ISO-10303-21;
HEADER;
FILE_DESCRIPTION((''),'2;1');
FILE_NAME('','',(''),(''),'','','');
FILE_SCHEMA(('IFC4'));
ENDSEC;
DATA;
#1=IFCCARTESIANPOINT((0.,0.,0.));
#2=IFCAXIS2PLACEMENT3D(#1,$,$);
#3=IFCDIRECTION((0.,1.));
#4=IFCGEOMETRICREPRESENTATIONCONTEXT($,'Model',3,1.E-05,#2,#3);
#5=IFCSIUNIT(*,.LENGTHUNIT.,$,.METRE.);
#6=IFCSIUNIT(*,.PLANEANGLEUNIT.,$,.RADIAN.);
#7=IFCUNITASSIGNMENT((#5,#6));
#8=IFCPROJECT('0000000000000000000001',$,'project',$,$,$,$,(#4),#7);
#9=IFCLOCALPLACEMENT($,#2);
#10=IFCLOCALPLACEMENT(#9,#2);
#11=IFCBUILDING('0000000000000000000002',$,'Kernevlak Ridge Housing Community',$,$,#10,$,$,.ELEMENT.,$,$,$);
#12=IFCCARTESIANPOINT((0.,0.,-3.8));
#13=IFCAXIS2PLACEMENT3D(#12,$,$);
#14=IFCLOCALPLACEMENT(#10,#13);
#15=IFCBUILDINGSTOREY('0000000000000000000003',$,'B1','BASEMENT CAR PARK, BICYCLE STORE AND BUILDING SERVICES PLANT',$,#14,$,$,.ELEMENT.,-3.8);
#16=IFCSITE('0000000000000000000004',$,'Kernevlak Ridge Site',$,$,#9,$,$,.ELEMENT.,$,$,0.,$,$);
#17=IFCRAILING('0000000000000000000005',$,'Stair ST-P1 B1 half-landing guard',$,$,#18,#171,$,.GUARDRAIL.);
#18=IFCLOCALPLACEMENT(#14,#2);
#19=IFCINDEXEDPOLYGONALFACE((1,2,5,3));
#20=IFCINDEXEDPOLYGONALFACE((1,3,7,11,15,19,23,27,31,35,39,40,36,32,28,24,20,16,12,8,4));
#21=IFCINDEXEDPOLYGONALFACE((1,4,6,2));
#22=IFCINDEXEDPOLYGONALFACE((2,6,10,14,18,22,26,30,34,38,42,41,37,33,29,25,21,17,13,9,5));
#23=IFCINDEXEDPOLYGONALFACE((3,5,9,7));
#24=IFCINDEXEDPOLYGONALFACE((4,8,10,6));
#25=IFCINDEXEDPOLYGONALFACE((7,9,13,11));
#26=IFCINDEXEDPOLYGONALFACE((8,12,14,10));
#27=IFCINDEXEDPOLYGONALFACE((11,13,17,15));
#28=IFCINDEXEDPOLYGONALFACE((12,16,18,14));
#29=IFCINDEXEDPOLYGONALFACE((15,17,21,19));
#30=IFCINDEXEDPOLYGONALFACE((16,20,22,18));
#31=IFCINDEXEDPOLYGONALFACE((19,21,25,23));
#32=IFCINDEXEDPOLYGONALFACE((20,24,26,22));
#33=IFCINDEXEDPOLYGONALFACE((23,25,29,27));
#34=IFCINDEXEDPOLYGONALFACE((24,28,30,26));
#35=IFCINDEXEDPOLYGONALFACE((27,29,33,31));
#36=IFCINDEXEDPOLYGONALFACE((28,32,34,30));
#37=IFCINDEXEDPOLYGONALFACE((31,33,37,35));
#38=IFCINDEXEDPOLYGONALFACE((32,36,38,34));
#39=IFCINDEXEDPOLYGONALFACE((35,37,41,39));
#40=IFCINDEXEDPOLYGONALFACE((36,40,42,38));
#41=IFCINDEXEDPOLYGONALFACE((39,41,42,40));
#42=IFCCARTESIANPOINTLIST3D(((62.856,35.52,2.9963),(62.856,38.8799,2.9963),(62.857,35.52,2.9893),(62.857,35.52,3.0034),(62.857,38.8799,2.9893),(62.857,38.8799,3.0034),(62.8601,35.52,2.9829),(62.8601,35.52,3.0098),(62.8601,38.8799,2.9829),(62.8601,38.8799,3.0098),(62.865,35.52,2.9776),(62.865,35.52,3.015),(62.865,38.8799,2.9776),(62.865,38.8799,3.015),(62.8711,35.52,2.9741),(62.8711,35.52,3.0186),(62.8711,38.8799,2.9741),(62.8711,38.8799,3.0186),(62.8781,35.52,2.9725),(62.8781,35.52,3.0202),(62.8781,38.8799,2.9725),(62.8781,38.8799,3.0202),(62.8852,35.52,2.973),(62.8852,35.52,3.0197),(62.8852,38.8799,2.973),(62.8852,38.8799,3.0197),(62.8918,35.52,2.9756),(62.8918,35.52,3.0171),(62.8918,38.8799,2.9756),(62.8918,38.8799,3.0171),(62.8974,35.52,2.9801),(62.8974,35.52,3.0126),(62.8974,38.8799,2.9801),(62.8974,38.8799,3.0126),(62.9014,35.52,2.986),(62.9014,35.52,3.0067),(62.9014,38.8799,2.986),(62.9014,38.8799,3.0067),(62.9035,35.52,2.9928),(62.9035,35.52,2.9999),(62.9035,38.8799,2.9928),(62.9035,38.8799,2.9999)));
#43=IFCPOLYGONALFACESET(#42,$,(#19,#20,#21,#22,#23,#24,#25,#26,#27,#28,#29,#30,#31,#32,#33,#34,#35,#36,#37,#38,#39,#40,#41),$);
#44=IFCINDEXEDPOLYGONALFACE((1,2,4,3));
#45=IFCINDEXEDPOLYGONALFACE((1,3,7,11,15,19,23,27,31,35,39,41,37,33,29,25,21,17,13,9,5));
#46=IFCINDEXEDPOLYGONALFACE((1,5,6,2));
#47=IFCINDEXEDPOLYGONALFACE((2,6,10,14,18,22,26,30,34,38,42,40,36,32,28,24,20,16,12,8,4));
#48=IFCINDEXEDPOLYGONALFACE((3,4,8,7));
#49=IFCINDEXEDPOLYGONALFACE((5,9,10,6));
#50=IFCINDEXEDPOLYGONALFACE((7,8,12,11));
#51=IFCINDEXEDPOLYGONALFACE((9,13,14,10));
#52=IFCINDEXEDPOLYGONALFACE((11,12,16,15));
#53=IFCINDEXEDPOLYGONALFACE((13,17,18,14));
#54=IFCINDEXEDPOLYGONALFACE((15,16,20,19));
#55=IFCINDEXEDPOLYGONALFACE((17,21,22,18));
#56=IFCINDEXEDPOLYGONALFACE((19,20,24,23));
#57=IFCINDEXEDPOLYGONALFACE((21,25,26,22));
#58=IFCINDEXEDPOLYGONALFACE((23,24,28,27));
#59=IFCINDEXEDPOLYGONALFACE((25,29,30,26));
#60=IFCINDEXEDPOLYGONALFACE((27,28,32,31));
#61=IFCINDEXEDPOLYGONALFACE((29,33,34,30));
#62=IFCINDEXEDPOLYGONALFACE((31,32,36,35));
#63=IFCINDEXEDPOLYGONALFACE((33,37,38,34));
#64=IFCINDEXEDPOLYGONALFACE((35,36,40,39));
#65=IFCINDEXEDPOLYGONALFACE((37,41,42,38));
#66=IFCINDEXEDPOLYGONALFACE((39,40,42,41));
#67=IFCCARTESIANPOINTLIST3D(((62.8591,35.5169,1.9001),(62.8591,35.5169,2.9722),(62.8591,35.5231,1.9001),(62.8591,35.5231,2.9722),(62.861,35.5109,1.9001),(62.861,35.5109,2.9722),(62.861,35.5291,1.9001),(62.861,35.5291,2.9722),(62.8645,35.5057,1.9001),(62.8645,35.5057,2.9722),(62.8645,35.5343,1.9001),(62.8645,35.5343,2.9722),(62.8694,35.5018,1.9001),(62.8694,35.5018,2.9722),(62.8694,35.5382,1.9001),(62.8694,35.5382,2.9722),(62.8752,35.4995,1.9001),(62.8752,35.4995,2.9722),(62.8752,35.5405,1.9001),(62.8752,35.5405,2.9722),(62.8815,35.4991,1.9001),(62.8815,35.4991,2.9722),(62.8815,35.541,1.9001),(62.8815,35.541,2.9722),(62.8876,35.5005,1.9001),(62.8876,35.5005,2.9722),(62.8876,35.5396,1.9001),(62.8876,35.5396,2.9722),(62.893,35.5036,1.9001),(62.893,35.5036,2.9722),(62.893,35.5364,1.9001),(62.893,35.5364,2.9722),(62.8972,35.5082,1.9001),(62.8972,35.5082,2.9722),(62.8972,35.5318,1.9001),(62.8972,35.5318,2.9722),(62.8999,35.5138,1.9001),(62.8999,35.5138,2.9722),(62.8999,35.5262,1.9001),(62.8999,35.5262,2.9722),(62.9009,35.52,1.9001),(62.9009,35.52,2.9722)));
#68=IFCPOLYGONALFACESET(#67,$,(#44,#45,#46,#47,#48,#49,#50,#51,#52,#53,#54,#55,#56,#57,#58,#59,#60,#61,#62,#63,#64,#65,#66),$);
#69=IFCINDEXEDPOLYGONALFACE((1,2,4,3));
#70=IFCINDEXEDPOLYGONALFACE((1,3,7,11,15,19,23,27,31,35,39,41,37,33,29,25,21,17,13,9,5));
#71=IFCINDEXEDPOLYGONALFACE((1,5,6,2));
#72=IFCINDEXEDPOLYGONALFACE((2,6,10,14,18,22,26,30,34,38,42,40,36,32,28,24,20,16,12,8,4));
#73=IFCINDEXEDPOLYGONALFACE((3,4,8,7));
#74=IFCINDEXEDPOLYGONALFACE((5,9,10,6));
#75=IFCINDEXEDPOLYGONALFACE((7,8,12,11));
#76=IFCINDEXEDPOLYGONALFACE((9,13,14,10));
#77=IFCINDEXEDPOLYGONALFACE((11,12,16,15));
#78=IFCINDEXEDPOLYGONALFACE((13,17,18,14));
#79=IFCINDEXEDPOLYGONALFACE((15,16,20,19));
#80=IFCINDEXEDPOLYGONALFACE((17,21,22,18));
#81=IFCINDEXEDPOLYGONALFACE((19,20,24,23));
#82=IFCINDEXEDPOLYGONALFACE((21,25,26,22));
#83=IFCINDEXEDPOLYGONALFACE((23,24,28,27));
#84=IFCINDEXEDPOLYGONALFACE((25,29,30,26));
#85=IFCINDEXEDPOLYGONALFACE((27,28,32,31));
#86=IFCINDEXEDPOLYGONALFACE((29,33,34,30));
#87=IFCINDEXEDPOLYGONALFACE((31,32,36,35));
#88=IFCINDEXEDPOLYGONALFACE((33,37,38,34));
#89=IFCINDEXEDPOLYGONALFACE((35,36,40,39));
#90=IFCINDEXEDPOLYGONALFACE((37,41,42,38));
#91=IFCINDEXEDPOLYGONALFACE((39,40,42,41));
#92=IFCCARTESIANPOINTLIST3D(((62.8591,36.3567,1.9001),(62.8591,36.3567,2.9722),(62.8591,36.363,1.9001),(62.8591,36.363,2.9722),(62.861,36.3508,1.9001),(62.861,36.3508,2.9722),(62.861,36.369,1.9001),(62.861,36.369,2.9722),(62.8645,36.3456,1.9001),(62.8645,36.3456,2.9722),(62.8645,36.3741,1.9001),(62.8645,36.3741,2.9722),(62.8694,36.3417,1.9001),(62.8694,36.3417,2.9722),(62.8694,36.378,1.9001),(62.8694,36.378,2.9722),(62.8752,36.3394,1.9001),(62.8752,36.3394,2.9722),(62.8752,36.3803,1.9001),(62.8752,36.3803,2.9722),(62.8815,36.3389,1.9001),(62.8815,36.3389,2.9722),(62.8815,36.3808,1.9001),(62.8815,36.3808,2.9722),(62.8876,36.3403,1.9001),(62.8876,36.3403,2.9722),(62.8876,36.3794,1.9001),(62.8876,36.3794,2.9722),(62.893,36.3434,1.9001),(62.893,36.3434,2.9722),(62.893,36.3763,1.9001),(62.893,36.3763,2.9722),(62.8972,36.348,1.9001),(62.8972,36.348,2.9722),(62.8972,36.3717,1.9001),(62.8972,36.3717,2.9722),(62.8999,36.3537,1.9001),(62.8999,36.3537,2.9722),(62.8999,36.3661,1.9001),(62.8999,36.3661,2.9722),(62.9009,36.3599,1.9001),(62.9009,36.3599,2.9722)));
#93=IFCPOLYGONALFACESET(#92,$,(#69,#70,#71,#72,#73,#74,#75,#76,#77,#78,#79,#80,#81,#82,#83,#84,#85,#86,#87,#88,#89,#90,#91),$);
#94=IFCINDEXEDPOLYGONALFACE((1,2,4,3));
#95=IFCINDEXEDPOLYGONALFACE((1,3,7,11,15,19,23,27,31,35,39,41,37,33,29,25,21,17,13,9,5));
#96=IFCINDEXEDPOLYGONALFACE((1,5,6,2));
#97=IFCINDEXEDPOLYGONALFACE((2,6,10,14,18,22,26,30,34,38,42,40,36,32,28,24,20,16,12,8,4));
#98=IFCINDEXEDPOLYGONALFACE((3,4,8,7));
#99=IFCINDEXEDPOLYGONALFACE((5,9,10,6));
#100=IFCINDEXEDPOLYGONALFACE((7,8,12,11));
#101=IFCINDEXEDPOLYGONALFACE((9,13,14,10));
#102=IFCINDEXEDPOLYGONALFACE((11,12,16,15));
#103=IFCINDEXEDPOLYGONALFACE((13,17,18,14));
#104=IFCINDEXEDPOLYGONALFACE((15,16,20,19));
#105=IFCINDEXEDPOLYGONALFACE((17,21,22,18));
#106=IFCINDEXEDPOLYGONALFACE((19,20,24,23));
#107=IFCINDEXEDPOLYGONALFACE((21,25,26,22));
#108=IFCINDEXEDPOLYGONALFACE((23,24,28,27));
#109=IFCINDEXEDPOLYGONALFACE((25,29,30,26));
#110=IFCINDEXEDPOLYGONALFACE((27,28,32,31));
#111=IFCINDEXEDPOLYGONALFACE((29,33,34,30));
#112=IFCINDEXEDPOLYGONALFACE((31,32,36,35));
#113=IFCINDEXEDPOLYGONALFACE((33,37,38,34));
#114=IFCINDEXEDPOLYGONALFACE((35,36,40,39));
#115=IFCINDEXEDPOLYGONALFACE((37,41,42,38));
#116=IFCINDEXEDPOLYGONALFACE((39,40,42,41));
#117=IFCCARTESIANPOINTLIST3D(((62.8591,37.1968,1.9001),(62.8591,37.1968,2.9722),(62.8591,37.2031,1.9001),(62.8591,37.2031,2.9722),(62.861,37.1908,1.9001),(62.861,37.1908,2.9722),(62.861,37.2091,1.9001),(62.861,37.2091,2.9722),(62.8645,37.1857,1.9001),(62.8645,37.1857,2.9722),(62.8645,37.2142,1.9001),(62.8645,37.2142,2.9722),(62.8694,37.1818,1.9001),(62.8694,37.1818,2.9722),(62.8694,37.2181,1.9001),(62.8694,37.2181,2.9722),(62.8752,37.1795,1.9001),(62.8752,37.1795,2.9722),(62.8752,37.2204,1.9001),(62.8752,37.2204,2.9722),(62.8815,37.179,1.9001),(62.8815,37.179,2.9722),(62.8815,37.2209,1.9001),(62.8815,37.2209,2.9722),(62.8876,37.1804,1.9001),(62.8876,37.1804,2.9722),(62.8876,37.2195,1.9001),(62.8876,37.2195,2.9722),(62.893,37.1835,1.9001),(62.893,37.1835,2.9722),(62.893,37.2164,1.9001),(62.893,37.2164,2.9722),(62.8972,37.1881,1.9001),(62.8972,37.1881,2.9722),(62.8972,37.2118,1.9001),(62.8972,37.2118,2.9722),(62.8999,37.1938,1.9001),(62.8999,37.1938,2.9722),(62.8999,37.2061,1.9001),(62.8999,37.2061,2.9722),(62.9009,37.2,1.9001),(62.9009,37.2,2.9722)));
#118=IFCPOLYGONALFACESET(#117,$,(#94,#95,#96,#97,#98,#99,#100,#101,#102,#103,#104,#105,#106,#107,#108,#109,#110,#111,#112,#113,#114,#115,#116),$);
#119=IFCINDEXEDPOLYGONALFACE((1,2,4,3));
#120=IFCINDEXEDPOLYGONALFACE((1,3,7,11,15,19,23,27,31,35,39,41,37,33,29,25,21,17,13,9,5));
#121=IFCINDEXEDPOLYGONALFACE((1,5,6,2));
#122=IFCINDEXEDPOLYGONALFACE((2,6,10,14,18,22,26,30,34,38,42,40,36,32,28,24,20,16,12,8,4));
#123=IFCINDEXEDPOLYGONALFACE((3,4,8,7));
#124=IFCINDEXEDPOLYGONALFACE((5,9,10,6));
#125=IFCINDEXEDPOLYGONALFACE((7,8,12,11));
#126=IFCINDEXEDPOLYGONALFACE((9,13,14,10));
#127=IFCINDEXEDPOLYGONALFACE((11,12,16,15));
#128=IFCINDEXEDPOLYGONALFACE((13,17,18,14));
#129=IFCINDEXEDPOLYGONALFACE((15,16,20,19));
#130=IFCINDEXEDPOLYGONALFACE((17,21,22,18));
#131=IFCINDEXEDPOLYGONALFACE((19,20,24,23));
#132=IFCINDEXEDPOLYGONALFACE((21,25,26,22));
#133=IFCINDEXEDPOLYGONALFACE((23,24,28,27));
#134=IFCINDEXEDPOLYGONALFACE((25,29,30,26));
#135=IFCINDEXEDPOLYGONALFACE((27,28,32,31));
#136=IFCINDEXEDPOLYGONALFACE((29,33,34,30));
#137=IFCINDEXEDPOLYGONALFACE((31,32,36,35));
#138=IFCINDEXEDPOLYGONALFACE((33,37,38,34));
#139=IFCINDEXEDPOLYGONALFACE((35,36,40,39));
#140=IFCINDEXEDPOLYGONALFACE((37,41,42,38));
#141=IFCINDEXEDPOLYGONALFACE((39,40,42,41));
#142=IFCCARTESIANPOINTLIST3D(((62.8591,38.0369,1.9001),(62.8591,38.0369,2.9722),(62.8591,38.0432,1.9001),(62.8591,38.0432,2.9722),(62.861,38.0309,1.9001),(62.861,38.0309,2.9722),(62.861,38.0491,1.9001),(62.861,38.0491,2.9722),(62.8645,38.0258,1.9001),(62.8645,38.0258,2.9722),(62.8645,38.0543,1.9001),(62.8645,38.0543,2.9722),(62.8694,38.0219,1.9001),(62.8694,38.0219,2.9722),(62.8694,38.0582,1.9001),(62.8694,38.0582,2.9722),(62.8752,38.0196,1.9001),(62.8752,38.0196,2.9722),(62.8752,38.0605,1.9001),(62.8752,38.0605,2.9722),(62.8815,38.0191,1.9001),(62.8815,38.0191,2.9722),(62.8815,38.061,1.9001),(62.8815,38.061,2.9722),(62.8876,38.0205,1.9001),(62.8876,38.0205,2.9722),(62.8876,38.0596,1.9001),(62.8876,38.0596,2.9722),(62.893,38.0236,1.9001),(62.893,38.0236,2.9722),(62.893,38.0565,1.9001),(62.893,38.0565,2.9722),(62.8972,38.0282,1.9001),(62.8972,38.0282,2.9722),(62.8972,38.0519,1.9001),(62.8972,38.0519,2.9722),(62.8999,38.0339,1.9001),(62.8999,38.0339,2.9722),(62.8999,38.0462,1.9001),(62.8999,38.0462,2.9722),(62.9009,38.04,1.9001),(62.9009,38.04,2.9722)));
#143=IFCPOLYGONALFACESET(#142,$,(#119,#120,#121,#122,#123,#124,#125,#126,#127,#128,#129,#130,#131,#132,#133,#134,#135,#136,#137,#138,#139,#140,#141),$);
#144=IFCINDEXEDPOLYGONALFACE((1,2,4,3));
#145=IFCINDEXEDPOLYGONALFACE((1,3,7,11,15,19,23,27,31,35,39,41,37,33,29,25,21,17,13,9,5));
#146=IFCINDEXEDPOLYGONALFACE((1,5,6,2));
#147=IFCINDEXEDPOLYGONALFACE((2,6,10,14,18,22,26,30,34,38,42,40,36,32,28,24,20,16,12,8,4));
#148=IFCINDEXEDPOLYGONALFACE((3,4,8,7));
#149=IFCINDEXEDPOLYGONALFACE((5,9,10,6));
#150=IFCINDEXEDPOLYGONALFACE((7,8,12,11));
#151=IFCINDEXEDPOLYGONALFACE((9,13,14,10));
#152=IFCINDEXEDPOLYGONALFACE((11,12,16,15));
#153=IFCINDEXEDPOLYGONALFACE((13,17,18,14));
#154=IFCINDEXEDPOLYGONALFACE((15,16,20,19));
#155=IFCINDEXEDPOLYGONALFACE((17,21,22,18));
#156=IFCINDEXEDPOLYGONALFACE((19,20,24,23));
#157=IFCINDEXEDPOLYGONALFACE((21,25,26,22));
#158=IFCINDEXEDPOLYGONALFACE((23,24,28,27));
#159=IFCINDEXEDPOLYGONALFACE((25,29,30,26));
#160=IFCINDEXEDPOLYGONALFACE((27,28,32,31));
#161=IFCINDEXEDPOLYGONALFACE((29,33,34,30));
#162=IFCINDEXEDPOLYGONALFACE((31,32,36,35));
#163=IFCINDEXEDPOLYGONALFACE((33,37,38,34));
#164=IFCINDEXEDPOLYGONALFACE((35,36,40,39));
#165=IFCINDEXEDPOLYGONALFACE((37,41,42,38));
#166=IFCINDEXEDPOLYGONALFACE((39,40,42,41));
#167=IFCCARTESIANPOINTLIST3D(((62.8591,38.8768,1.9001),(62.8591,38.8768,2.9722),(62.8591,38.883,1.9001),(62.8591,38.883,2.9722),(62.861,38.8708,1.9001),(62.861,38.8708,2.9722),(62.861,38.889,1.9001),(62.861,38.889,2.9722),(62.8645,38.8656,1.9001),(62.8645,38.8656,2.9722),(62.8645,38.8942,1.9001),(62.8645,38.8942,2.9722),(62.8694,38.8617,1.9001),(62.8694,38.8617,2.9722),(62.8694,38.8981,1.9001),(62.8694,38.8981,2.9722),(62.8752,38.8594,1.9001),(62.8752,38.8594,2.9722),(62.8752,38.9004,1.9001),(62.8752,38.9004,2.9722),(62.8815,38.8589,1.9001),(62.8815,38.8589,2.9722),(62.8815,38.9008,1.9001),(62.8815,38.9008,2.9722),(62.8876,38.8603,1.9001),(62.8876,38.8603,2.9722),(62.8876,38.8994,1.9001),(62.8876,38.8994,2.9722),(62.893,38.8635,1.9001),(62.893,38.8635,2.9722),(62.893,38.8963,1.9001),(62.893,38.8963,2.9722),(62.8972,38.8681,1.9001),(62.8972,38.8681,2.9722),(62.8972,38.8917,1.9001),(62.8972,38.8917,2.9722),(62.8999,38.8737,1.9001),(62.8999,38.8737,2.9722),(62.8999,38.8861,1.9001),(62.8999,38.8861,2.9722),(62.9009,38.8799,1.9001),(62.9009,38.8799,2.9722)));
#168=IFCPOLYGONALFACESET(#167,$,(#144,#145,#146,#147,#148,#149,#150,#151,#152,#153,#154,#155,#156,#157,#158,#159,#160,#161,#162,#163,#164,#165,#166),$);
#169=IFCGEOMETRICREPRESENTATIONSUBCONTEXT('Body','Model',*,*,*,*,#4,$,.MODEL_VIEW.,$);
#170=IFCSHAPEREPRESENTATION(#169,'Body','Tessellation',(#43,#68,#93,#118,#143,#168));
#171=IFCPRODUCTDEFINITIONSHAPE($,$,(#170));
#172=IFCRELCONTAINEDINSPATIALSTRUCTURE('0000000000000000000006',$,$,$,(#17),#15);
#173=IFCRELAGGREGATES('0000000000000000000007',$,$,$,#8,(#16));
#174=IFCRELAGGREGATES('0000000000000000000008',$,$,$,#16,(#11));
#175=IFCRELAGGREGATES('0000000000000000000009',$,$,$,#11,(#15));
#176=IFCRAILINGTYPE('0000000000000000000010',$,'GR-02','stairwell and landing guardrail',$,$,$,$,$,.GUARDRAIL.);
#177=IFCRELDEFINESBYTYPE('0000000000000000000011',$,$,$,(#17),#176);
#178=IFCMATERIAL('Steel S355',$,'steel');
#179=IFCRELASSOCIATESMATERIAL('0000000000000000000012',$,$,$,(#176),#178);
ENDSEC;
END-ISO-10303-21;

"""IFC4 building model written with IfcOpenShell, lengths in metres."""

from ifc_helpers import new_model, si_unit, direction, frame, origin, origin_2d, place, context, subcontext, project, spatial, circle, extrude, material, type_object, element, save


model = new_model("IFC4")

# Units and contexts
model_context = context("Model", 3, precision=1e-05, world=origin(), true_north=direction((0.0, 1.0)))
body_context = subcontext(model_context, "Body", "Model", "MODEL_VIEW")
ifc_project = project(units=[si_unit("LENGTHUNIT", "METRE"), si_unit("PLANEANGLEUNIT", "RADIAN")], contexts=[model_context])

# Site, building, storey
site_placement = place(None, origin())
site = spatial("IfcSite", under=ifc_project, at=site_placement, Name="Kernevlak Ridge Site", CompositionType="ELEMENT", RefElevation=0.0)
building_placement = place(site_placement, origin())
building = spatial("IfcBuilding", under=site, at=building_placement, Name="Kernevlak Ridge Housing Community", CompositionType="ELEMENT")
storey_placement = place(building_placement, frame((0.0, 0.0, -3.8)))
storey = spatial("IfcBuildingStorey", under=building, at=storey_placement, Name="B1", Description="BASEMENT CAR PARK, BICYCLE STORE AND BUILDING SERVICES PLANT", CompositionType="ELEMENT", Elevation=-3.8)

# Railing
ifc_material_1 = material(Name="Steel S355", Category="steel")
railing_type_1 = type_object("IfcRailingType", Name="GR-02", Description="stairwell and landing guardrail", PredefinedType="GUARDRAIL", material=ifc_material_1)
railing_1_placement = place(storey_placement, frame((62.8799, 35.52, 1.9001)))
element("IfcRailing", 1, at=railing_1_placement, inside=storey, type_object=railing_type_1, Name="Stair ST-P1 B1 half-landing guard", PredefinedType="GUARDRAIL", context=body_context, shape_type="SweptSolid", body=[
    extrude(circle(Radius=0.0239, at=origin_2d()), frame((0.0, 0.0, 1.0962), z_axis=(0.0, 1.0, 0.0), x_axis=(-1.0, 0.0, 0.0)), (0.0, 0.0, 1.0), 3.3599),
    extrude(circle(Radius=0.021, at=origin_2d()), origin(), (0.0, 0.0, 1.0), 1.072),
    extrude(circle(Radius=0.021, at=origin_2d()), frame((0.0, 0.8398, 0.0)), (0.0, 0.0, 1.0), 1.072),
    extrude(circle(Radius=0.021, at=origin_2d()), frame((0.0, 1.6799, 0.0)), (0.0, 0.0, 1.0), 1.072),
    extrude(circle(Radius=0.021, at=origin_2d()), frame((0.0, 2.52, 0.0)), (0.0, 0.0, 1.0), 1.072),
    extrude(circle(Radius=0.021, at=origin_2d()), frame((0.0, 3.3599, 0.0)), (0.0, 0.0, 1.0), 1.072),
])

save(model, "model.ifc")
